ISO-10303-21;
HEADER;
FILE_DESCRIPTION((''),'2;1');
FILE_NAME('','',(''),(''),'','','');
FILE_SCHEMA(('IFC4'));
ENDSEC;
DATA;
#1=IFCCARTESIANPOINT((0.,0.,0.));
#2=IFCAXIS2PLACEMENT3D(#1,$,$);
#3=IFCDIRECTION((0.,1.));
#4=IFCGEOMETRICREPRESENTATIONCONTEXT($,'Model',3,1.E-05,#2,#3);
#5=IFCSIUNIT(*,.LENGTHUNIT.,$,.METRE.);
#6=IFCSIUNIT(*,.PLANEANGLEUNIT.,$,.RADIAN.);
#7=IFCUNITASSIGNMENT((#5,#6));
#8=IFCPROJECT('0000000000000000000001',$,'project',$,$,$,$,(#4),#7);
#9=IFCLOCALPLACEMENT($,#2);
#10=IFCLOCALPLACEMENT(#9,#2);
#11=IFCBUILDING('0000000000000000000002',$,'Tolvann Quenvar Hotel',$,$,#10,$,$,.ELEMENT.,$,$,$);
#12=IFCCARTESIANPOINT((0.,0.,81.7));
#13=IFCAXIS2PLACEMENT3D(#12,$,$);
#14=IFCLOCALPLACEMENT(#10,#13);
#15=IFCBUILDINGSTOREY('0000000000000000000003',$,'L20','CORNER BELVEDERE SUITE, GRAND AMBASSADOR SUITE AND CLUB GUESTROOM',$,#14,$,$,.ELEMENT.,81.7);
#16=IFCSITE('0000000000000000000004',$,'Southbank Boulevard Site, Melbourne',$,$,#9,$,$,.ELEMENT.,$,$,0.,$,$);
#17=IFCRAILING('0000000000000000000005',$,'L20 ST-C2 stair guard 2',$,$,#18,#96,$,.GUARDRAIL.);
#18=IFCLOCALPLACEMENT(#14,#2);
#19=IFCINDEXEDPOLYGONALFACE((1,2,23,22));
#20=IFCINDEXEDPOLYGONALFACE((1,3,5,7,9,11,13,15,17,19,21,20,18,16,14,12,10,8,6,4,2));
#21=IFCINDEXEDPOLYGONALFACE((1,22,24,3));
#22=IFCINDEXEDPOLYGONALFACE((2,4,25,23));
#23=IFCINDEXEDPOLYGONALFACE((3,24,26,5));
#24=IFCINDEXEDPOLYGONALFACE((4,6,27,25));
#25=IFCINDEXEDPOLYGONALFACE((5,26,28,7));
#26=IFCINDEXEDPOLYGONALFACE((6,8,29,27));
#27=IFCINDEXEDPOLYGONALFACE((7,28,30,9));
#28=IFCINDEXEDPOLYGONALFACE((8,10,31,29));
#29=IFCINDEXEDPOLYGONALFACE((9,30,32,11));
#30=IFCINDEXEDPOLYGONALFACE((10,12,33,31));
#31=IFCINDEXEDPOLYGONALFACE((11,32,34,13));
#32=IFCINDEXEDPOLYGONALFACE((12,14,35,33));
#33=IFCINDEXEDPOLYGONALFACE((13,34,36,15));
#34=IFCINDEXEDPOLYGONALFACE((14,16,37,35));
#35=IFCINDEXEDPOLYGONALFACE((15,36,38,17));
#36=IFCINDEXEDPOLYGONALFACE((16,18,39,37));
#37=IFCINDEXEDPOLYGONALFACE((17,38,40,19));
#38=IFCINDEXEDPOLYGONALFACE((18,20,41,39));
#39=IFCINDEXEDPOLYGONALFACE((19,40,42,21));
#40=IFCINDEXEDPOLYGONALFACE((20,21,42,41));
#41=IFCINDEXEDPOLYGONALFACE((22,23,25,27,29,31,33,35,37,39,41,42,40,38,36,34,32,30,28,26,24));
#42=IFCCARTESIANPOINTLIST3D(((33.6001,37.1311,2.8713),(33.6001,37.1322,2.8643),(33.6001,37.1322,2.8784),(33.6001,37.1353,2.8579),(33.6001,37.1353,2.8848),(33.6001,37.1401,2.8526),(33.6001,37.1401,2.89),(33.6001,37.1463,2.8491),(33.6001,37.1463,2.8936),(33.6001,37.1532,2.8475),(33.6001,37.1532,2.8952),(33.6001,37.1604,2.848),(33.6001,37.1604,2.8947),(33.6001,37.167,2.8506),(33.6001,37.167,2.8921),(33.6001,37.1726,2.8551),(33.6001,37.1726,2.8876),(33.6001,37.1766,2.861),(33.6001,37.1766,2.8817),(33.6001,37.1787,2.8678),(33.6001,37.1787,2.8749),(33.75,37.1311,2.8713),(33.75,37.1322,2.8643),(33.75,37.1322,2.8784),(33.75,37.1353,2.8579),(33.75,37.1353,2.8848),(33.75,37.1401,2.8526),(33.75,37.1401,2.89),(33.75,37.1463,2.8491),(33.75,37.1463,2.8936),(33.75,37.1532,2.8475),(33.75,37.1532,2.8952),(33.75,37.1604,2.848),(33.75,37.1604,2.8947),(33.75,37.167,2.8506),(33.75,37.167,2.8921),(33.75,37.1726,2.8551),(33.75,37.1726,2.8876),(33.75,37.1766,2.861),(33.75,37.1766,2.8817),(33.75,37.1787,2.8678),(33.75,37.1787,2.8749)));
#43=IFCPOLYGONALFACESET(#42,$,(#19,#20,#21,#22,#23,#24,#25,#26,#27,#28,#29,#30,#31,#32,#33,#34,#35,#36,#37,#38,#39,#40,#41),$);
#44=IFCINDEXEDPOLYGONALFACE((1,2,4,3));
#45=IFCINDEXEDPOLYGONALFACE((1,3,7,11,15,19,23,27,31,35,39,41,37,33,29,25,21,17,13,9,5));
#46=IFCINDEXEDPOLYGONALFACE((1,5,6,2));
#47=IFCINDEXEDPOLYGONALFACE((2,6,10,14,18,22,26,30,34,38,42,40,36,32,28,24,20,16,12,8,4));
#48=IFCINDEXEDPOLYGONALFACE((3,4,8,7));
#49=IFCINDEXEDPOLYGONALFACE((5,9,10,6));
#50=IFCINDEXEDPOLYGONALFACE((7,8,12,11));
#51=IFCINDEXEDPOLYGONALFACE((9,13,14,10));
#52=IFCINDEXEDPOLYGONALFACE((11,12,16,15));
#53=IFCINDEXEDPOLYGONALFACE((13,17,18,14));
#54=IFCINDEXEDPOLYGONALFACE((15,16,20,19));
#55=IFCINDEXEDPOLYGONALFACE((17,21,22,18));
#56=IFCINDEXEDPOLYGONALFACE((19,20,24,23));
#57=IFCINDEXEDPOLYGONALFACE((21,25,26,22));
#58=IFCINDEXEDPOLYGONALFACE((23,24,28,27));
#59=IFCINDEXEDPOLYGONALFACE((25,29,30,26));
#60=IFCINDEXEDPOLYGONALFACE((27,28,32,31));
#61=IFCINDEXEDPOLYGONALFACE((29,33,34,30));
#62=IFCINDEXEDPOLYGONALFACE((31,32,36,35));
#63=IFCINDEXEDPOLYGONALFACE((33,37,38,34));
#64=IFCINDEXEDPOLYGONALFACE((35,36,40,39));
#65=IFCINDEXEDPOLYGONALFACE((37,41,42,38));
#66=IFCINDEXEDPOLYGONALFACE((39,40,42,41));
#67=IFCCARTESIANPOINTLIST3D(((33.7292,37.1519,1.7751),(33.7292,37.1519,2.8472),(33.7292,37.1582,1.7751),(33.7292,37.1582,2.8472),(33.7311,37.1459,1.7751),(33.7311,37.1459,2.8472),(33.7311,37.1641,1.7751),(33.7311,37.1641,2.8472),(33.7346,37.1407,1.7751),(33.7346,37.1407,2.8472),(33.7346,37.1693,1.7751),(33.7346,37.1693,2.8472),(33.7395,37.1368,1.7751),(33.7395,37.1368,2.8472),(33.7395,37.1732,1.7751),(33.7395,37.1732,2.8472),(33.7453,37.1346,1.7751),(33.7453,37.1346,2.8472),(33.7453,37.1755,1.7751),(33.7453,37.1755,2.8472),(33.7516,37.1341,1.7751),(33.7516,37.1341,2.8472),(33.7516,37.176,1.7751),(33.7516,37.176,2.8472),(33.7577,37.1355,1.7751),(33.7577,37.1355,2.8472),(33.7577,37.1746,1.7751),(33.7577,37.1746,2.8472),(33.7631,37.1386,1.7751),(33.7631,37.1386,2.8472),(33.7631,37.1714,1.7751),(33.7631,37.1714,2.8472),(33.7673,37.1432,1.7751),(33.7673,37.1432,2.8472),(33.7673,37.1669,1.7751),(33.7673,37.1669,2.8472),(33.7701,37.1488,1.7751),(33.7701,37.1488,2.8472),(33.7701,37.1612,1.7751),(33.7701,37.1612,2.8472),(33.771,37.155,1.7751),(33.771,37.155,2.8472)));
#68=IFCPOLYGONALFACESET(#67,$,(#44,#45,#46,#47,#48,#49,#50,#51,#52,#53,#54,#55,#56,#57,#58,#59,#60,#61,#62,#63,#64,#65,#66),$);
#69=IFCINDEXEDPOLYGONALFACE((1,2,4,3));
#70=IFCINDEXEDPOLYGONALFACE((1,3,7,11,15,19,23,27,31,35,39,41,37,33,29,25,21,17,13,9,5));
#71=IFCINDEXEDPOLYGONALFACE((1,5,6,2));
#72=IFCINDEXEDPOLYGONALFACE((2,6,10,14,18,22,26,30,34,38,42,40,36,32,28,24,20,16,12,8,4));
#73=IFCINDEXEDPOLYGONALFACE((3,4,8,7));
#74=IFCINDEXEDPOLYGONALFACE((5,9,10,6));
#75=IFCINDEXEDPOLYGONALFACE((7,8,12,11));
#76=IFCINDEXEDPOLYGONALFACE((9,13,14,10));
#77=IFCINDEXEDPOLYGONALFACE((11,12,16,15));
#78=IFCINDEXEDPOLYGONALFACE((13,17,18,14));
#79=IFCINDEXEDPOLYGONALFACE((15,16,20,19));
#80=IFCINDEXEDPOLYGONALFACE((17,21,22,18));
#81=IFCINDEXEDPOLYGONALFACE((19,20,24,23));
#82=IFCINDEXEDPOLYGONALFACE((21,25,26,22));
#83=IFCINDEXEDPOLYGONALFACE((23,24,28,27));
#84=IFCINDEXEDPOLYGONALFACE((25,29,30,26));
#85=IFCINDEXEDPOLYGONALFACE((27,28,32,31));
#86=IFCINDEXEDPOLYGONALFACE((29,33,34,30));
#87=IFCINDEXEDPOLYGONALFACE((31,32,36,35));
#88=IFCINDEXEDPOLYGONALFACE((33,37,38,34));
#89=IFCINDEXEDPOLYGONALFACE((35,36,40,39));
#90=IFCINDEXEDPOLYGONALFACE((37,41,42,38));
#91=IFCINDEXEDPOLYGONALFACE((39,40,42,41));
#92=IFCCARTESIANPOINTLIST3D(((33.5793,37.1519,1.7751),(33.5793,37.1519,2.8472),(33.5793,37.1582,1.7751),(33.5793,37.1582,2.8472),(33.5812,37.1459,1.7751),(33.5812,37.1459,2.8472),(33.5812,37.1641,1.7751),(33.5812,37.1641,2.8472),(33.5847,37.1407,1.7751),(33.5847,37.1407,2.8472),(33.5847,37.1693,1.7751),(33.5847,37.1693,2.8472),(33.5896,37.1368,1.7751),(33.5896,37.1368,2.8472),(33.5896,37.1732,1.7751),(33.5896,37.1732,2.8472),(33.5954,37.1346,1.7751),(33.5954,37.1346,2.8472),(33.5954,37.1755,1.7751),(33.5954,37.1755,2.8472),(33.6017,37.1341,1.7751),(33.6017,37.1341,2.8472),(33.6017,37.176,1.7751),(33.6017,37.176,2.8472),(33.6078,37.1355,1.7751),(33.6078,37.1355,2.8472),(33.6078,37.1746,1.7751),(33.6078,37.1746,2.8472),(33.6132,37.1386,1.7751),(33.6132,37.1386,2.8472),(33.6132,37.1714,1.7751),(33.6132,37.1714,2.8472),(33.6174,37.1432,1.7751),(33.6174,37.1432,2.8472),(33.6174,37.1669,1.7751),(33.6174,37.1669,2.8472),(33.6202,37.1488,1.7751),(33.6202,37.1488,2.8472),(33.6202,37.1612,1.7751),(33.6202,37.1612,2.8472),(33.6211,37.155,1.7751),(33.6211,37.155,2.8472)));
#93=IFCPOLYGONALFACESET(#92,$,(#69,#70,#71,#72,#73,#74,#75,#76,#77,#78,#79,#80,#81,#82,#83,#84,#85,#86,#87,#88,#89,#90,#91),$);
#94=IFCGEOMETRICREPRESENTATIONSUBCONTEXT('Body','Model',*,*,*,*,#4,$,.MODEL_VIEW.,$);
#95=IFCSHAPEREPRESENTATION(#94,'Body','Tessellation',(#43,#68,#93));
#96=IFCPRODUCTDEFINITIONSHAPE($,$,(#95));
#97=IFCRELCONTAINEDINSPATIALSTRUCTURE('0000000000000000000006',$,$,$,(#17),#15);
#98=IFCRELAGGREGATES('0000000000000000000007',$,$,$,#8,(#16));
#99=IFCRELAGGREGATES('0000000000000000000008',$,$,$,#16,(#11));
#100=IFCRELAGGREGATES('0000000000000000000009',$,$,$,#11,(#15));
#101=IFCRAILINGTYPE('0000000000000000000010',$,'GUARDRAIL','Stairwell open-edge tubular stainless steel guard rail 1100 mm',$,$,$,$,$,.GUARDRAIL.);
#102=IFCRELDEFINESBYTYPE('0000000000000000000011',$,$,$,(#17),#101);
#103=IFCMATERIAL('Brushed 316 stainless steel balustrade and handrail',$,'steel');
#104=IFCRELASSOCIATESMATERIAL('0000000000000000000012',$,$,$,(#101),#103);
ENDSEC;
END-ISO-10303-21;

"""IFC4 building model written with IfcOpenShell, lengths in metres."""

from ifc_helpers import new_model, si_unit, direction, frame, origin, origin_2d, place, context, subcontext, project, spatial, circle, extrude, material, type_object, element, save


model = new_model("IFC4")

# Units and contexts
model_context = context("Model", 3, precision=1e-05, world=origin(), true_north=direction((0.0, 1.0)))
body_context = subcontext(model_context, "Body", "Model", "MODEL_VIEW")
ifc_project = project(units=[si_unit("LENGTHUNIT", "METRE"), si_unit("PLANEANGLEUNIT", "RADIAN")], contexts=[model_context])

# Site, building, storey
site_placement = place(None, origin())
site = spatial("IfcSite", under=ifc_project, at=site_placement, Name="Southbank Boulevard Site, Melbourne", CompositionType="ELEMENT", RefElevation=0.0)
building_placement = place(site_placement, origin())
building = spatial("IfcBuilding", under=site, at=building_placement, Name="Tolvann Quenvar Hotel", CompositionType="ELEMENT")
storey_placement = place(building_placement, frame((0.0, 0.0, 81.7)))
storey = spatial("IfcBuildingStorey", under=building, at=storey_placement, Name="L20", Description="CORNER BELVEDERE SUITE, GRAND AMBASSADOR SUITE AND CLUB GUESTROOM", CompositionType="ELEMENT", Elevation=81.7)

# Railing
ifc_material_1 = material(Name="Brushed 316 stainless steel balustrade and handrail", Category="steel")
railing_type_1 = type_object("IfcRailingType", Name="GUARDRAIL", Description="Stairwell open-edge tubular stainless steel guard rail 1100 mm", PredefinedType="GUARDRAIL", material=ifc_material_1)
railing_1_placement = place(storey_placement, frame((33.75, 37.155, 1.7751)))
element("IfcRailing", 1, at=railing_1_placement, inside=storey, type_object=railing_type_1, Name="L20 ST-C2 stair guard 2", PredefinedType="GUARDRAIL", context=body_context, shape_type="SweptSolid", body=[
    extrude(circle(Radius=0.0239, at=origin_2d()), frame((0.0, 0.0, 1.0962), z_axis=(-1.0, 0.0, 0.0), x_axis=(0.0, -1.0, 0.0)), (0.0, 0.0, 1.0), 0.1499),
    extrude(circle(Radius=0.021, at=origin_2d()), origin(), (0.0, 0.0, 1.0), 1.072),
    extrude(circle(Radius=0.021, at=origin_2d()), frame((-0.1499, 0.0, 0.0)), (0.0, 0.0, 1.0), 1.072),
])

save(model, "model.ifc")
